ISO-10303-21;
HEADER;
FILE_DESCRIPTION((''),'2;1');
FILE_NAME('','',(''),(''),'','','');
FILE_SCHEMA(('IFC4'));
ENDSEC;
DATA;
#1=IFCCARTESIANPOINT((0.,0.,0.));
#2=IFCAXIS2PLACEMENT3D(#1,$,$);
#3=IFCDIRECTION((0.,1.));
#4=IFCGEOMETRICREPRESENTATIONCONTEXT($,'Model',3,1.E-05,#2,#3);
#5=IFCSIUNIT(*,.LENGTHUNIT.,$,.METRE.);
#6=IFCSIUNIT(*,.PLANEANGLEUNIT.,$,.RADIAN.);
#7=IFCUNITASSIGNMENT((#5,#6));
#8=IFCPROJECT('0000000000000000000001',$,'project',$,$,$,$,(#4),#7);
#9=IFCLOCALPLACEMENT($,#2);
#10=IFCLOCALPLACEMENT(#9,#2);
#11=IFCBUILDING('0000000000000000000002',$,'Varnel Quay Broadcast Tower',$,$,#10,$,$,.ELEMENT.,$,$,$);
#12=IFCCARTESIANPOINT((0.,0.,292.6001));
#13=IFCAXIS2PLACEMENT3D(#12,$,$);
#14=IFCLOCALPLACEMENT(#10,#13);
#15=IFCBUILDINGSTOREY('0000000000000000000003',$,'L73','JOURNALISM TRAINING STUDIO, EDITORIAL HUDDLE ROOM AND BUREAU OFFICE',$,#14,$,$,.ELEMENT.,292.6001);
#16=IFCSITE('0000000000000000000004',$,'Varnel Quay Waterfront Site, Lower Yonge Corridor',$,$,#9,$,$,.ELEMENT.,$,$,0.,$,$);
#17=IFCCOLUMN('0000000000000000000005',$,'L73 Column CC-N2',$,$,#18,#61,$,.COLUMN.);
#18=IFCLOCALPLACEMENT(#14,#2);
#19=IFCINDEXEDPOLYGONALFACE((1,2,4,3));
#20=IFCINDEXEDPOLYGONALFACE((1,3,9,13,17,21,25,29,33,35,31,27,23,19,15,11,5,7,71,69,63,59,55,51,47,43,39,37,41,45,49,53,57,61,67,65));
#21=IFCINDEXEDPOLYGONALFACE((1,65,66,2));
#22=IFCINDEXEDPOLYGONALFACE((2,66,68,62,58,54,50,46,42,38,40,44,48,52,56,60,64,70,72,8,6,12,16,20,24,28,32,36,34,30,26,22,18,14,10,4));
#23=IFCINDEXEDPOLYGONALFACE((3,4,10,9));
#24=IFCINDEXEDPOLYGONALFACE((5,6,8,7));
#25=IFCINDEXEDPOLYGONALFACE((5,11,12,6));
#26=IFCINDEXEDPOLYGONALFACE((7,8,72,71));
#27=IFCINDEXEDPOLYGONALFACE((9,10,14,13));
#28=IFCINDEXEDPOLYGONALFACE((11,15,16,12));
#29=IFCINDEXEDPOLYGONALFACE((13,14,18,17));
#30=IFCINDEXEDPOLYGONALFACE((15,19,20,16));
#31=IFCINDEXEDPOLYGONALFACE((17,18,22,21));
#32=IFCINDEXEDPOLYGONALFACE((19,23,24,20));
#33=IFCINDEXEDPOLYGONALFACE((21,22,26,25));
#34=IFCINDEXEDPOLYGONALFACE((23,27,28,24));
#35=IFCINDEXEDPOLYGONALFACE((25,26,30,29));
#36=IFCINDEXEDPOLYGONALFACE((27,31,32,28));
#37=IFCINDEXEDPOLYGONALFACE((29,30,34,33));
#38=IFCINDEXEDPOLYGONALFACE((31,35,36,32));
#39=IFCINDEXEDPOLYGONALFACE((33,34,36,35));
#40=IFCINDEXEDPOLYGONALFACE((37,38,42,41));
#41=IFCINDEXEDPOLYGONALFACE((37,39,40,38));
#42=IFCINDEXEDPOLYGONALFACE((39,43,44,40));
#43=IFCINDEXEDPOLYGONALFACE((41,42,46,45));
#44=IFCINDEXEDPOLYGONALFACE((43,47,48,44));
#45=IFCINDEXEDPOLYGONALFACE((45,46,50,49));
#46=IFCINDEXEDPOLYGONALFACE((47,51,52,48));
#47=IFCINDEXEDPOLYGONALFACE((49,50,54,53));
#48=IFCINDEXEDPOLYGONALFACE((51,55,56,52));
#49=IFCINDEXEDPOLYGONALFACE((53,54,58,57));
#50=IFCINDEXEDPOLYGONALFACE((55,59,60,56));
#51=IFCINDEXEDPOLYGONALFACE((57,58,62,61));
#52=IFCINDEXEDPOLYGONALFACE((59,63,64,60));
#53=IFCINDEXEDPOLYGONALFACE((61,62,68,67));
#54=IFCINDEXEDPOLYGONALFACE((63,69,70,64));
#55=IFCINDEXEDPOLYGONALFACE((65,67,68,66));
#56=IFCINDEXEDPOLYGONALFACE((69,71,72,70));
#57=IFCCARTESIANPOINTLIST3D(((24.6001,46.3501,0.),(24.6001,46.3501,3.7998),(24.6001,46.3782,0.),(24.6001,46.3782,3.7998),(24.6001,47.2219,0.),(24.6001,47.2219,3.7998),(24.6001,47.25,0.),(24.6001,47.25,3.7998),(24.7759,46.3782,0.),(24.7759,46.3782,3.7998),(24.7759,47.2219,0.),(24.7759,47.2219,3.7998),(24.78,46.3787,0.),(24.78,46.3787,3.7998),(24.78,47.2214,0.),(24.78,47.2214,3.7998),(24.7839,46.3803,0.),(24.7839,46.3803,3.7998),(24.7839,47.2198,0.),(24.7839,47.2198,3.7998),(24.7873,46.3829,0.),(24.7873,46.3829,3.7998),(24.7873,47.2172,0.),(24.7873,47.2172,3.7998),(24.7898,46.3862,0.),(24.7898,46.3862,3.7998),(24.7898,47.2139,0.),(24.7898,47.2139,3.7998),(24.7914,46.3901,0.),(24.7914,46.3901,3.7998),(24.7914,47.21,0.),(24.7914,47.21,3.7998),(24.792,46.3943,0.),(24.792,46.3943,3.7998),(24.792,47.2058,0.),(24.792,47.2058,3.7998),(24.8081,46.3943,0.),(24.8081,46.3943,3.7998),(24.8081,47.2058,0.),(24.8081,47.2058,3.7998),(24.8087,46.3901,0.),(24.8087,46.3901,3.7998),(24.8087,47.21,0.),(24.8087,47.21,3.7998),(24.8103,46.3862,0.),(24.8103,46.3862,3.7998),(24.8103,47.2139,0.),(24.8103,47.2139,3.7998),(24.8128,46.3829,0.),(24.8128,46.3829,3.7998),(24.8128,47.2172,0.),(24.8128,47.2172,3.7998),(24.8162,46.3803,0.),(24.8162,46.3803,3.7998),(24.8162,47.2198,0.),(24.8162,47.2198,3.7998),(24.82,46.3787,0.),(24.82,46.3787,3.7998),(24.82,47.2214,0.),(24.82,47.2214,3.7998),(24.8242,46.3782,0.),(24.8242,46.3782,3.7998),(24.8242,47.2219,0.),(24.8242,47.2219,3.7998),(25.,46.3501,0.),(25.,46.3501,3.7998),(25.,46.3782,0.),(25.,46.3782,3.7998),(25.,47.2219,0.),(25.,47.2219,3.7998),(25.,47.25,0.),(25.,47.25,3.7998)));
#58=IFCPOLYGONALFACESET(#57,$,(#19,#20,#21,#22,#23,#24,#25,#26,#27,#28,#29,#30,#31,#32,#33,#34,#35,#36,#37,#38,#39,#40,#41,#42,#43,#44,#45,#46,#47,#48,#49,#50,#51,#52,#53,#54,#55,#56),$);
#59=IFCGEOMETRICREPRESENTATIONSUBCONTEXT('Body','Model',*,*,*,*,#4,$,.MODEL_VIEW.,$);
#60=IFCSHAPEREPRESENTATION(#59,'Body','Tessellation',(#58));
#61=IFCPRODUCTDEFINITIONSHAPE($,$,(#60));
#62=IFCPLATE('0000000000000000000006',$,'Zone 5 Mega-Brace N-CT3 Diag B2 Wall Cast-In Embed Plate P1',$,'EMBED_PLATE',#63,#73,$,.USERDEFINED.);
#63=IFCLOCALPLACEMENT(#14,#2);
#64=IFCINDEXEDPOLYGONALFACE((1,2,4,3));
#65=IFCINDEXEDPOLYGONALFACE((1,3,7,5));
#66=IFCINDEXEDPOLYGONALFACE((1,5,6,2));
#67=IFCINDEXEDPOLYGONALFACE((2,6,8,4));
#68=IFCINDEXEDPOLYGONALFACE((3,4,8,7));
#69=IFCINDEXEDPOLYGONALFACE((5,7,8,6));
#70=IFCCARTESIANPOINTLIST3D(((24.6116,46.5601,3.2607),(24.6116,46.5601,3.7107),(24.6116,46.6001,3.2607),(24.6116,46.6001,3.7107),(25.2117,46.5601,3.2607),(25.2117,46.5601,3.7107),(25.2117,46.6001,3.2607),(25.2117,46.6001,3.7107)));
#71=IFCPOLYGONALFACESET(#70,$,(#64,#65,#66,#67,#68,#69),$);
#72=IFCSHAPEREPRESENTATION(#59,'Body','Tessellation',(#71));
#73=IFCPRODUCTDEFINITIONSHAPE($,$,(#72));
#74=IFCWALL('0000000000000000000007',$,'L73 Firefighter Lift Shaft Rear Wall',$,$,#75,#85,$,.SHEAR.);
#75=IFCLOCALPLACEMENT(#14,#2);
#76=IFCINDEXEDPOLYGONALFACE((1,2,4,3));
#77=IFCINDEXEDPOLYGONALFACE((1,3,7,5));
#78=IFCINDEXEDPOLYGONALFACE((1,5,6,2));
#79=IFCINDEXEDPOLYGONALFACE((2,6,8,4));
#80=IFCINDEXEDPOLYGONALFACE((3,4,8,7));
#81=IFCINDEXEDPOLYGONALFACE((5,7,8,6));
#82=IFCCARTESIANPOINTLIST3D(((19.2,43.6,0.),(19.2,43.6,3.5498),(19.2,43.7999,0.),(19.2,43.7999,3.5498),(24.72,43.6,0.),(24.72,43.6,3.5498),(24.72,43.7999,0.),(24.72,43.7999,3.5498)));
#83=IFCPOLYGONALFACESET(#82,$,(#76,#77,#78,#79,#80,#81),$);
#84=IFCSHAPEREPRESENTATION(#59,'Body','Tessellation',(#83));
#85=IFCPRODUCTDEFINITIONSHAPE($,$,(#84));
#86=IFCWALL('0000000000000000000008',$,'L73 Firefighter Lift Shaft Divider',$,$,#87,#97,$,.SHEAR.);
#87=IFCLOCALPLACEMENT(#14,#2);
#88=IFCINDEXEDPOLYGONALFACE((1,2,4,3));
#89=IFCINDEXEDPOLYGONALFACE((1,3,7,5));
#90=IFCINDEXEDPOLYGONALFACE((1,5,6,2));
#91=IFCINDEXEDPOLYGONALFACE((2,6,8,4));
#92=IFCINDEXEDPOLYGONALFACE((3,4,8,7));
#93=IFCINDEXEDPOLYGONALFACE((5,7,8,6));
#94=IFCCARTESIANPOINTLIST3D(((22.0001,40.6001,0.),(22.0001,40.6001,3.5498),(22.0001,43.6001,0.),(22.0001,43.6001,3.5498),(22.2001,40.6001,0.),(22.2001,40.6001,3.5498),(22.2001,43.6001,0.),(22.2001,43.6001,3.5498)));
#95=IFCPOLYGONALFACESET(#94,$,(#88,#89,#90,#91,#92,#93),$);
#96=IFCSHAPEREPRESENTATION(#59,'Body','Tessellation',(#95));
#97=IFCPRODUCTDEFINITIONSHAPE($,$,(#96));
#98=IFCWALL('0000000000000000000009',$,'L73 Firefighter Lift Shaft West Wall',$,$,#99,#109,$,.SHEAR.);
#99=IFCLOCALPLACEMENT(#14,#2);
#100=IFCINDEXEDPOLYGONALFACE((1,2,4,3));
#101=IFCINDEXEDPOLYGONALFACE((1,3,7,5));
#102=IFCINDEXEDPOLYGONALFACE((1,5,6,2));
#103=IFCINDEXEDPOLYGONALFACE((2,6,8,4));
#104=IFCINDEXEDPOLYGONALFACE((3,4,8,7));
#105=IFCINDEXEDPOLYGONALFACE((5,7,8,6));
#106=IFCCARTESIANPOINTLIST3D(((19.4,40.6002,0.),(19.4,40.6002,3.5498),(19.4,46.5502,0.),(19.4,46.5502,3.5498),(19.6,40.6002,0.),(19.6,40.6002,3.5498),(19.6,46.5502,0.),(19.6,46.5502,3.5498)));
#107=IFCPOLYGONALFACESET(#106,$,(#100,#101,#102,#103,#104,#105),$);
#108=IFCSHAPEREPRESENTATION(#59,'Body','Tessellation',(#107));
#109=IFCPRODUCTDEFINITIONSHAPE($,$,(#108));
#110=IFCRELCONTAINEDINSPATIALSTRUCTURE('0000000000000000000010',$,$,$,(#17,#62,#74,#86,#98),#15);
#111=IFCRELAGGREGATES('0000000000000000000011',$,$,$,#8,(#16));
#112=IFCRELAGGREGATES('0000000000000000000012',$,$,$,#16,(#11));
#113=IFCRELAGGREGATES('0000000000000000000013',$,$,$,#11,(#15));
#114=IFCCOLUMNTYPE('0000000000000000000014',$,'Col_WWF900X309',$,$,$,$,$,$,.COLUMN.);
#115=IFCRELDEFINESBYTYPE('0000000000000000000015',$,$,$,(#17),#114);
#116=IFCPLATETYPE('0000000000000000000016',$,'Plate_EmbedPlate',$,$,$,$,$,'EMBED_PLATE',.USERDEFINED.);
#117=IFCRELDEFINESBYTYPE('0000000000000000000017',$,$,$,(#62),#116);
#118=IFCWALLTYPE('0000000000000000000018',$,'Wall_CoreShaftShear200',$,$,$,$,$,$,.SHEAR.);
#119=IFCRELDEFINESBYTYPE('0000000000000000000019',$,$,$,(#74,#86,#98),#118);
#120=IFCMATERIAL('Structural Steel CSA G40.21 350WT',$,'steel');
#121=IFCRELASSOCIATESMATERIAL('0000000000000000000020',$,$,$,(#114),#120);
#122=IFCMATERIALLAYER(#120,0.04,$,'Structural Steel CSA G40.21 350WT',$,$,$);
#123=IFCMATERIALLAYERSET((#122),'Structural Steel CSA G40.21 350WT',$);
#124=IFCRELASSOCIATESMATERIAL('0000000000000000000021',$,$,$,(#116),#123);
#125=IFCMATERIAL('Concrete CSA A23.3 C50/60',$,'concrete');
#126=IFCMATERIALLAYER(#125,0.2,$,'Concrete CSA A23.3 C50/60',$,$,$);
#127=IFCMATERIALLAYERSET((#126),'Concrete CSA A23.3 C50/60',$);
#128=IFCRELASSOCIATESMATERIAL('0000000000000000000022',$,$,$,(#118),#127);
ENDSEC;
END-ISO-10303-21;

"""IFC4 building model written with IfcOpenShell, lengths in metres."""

from ifc_helpers import new_model, si_unit, direction, frame, frame_2d, origin, origin_2d, place, context, subcontext, project, spatial, rectangle, i_section, extrude, source, transform, mapped, material, layer, layer_set, material_profile, profile_set, type_object, type_shapes, element, save


model = new_model("IFC4")

# Units and contexts
model_context = context("Model", 3, precision=1e-05, world=origin(), true_north=direction((0.0, 1.0)))
body_context = subcontext(model_context, "Body", "Model", "MODEL_VIEW")
ifc_project = project(units=[si_unit("LENGTHUNIT", "METRE"), si_unit("PLANEANGLEUNIT", "RADIAN")], contexts=[model_context])

# Site, building, storey
site_placement = place(None, origin())
site = spatial("IfcSite", under=ifc_project, at=site_placement, Name="Varnel Quay Waterfront Site, Lower Yonge Corridor", CompositionType="ELEMENT", RefElevation=0.0)
building_placement = place(site_placement, origin())
building = spatial("IfcBuilding", under=site, at=building_placement, Name="Varnel Quay Broadcast Tower", CompositionType="ELEMENT")
storey_placement = place(building_placement, frame((0.0, 0.0, 292.6001)))
storey = spatial("IfcBuildingStorey", under=building, at=storey_placement, Name="L73", Description="JOURNALISM TRAINING STUDIO, EDITORIAL HUDDLE ROOM AND BUREAU OFFICE", CompositionType="ELEMENT", Elevation=292.6001)

# Column
ifc_material_1 = material(Name="Structural Steel CSA G40.21 350WT", Category="steel")
ifc_material_profile = material_profile(ifc_material_1, i_section(OverallWidth=0.3999, OverallDepth=0.8999, WebThickness=0.0161, FlangeThickness=0.0281, FilletRadius=0.0161, at=origin_2d()), Name="WWF900X309")
ifc_profile_set = profile_set([ifc_material_profile], Name="Structural Steel CSA G40.21 350WT")
column_type = type_object("IfcColumnType", Name="Col_WWF900X309", PredefinedType="COLUMN", material=ifc_profile_set)
shared_shape_1 = source(origin(), body_context, "Body", "SweptSolid", [
    extrude(i_section(OverallWidth=0.3999, OverallDepth=0.8999, WebThickness=0.0161, FlangeThickness=0.0281, FilletRadius=0.0161, at=origin_2d()), origin(), (0.0, 0.0, 1.0), 3.7998),
])
type_shapes(column_type, [shared_shape_1])
column_placement = place(storey_placement, frame((24.8, 46.8, 0.0), z_axis=(0.0, 0.0, 1.0), x_axis=(1.0, 0.0, 0.0)))
element("IfcColumn", 1, at=column_placement, inside=storey, type_object=column_type, Name="L73 Column CC-N2", PredefinedType="COLUMN", context=body_context, shape_type="MappedRepresentation", body=[
    mapped(shared_shape_1, transform((0.0, 0.0, 0.0), x_axis=(1.0, 0.0, 0.0), y_axis=(0.0, 1.0, 0.0), z_axis=(0.0, 0.0, 1.0), scale=1.0)),
])

# Plate
ifc_layer_1 = layer(ifc_material_1, 0.04, Name="Structural Steel CSA G40.21 350WT")
ifc_layer_set_1 = layer_set([ifc_layer_1], Name="Structural Steel CSA G40.21 350WT")
plate_type = type_object("IfcPlateType", Name="Plate_EmbedPlate", ElementType="EMBED_PLATE", PredefinedType="USERDEFINED", material=ifc_layer_set_1)
shared_shape_2 = source(origin(), body_context, "Body", "SweptSolid", [
    extrude(rectangle(XDim=0.6001, YDim=0.04, at=origin_2d()), origin(), (0.0, 0.0, 1.0), 0.45),
])
type_shapes(plate_type, [shared_shape_2])
plate_placement = place(storey_placement, frame((24.9116, 46.5801, 3.2607), z_axis=(0.0, 0.0, 1.0), x_axis=(1.0, 0.0, 0.0)))
element("IfcPlate", 2, at=plate_placement, inside=storey, type_object=plate_type, Name="Zone 5 Mega-Brace N-CT3 Diag B2 Wall Cast-In Embed Plate P1", ObjectType="EMBED_PLATE", PredefinedType="USERDEFINED", context=body_context, shape_type="MappedRepresentation", body=[
    mapped(shared_shape_2, transform((0.0, 0.0, 0.0), x_axis=(1.0, 0.0, 0.0), y_axis=(0.0, 1.0, 0.0), z_axis=(0.0, 0.0, 1.0), scale=1.0)),
])

# Walls
ifc_material_2 = material(Name="Concrete CSA A23.3 C50/60", Category="concrete")
ifc_layer_2 = layer(ifc_material_2, 0.2, Name="Concrete CSA A23.3 C50/60")
ifc_layer_set_2 = layer_set([ifc_layer_2], Name="Concrete CSA A23.3 C50/60")
wall_type_1 = type_object("IfcWallType", Name="Wall_CoreShaftShear200", PredefinedType="SHEAR", material=ifc_layer_set_2)
wall_1_placement = place(storey_placement, frame((19.2, 43.7, 0.0), z_axis=(0.0, 0.0, 1.0), x_axis=(1.0, 0.0, 0.0)))
element("IfcWall", 3, at=wall_1_placement, inside=storey, type_object=wall_type_1, Name="L73 Firefighter Lift Shaft Rear Wall", PredefinedType="SHEAR", context=body_context, shape_type="SweptSolid", body=[
    extrude(rectangle(XDim=5.52, YDim=0.2, at=frame_2d((2.76, 0.0))), origin(), (0.0, 0.0, 1.0), 3.5498),
])
wall_2_placement = place(storey_placement, frame((22.1001, 40.6001, 0.0), z_axis=(0.0, 0.0, 1.0), x_axis=(0.0, 1.0, 0.0)))
element("IfcWall", 4, at=wall_2_placement, inside=storey, type_object=wall_type_1, Name="L73 Firefighter Lift Shaft Divider", PredefinedType="SHEAR", context=body_context, shape_type="SweptSolid", body=[
    extrude(rectangle(XDim=3.0, YDim=0.2, at=frame_2d((1.5, 0.0))), origin(), (0.0, 0.0, 1.0), 3.5498),
])
wall_3_placement = place(storey_placement, frame((19.5, 40.6001, 0.0), z_axis=(0.0, 0.0, 1.0), x_axis=(0.0, 1.0, 0.0)))
element("IfcWall", 5, at=wall_3_placement, inside=storey, type_object=wall_type_1, Name="L73 Firefighter Lift Shaft West Wall", PredefinedType="SHEAR", context=body_context, shape_type="SweptSolid", body=[
    extrude(rectangle(XDim=5.95, YDim=0.2, at=frame_2d((2.9751, 0.0))), origin(), (0.0, 0.0, 1.0), 3.5498),
])

save(model, "model.ifc")
